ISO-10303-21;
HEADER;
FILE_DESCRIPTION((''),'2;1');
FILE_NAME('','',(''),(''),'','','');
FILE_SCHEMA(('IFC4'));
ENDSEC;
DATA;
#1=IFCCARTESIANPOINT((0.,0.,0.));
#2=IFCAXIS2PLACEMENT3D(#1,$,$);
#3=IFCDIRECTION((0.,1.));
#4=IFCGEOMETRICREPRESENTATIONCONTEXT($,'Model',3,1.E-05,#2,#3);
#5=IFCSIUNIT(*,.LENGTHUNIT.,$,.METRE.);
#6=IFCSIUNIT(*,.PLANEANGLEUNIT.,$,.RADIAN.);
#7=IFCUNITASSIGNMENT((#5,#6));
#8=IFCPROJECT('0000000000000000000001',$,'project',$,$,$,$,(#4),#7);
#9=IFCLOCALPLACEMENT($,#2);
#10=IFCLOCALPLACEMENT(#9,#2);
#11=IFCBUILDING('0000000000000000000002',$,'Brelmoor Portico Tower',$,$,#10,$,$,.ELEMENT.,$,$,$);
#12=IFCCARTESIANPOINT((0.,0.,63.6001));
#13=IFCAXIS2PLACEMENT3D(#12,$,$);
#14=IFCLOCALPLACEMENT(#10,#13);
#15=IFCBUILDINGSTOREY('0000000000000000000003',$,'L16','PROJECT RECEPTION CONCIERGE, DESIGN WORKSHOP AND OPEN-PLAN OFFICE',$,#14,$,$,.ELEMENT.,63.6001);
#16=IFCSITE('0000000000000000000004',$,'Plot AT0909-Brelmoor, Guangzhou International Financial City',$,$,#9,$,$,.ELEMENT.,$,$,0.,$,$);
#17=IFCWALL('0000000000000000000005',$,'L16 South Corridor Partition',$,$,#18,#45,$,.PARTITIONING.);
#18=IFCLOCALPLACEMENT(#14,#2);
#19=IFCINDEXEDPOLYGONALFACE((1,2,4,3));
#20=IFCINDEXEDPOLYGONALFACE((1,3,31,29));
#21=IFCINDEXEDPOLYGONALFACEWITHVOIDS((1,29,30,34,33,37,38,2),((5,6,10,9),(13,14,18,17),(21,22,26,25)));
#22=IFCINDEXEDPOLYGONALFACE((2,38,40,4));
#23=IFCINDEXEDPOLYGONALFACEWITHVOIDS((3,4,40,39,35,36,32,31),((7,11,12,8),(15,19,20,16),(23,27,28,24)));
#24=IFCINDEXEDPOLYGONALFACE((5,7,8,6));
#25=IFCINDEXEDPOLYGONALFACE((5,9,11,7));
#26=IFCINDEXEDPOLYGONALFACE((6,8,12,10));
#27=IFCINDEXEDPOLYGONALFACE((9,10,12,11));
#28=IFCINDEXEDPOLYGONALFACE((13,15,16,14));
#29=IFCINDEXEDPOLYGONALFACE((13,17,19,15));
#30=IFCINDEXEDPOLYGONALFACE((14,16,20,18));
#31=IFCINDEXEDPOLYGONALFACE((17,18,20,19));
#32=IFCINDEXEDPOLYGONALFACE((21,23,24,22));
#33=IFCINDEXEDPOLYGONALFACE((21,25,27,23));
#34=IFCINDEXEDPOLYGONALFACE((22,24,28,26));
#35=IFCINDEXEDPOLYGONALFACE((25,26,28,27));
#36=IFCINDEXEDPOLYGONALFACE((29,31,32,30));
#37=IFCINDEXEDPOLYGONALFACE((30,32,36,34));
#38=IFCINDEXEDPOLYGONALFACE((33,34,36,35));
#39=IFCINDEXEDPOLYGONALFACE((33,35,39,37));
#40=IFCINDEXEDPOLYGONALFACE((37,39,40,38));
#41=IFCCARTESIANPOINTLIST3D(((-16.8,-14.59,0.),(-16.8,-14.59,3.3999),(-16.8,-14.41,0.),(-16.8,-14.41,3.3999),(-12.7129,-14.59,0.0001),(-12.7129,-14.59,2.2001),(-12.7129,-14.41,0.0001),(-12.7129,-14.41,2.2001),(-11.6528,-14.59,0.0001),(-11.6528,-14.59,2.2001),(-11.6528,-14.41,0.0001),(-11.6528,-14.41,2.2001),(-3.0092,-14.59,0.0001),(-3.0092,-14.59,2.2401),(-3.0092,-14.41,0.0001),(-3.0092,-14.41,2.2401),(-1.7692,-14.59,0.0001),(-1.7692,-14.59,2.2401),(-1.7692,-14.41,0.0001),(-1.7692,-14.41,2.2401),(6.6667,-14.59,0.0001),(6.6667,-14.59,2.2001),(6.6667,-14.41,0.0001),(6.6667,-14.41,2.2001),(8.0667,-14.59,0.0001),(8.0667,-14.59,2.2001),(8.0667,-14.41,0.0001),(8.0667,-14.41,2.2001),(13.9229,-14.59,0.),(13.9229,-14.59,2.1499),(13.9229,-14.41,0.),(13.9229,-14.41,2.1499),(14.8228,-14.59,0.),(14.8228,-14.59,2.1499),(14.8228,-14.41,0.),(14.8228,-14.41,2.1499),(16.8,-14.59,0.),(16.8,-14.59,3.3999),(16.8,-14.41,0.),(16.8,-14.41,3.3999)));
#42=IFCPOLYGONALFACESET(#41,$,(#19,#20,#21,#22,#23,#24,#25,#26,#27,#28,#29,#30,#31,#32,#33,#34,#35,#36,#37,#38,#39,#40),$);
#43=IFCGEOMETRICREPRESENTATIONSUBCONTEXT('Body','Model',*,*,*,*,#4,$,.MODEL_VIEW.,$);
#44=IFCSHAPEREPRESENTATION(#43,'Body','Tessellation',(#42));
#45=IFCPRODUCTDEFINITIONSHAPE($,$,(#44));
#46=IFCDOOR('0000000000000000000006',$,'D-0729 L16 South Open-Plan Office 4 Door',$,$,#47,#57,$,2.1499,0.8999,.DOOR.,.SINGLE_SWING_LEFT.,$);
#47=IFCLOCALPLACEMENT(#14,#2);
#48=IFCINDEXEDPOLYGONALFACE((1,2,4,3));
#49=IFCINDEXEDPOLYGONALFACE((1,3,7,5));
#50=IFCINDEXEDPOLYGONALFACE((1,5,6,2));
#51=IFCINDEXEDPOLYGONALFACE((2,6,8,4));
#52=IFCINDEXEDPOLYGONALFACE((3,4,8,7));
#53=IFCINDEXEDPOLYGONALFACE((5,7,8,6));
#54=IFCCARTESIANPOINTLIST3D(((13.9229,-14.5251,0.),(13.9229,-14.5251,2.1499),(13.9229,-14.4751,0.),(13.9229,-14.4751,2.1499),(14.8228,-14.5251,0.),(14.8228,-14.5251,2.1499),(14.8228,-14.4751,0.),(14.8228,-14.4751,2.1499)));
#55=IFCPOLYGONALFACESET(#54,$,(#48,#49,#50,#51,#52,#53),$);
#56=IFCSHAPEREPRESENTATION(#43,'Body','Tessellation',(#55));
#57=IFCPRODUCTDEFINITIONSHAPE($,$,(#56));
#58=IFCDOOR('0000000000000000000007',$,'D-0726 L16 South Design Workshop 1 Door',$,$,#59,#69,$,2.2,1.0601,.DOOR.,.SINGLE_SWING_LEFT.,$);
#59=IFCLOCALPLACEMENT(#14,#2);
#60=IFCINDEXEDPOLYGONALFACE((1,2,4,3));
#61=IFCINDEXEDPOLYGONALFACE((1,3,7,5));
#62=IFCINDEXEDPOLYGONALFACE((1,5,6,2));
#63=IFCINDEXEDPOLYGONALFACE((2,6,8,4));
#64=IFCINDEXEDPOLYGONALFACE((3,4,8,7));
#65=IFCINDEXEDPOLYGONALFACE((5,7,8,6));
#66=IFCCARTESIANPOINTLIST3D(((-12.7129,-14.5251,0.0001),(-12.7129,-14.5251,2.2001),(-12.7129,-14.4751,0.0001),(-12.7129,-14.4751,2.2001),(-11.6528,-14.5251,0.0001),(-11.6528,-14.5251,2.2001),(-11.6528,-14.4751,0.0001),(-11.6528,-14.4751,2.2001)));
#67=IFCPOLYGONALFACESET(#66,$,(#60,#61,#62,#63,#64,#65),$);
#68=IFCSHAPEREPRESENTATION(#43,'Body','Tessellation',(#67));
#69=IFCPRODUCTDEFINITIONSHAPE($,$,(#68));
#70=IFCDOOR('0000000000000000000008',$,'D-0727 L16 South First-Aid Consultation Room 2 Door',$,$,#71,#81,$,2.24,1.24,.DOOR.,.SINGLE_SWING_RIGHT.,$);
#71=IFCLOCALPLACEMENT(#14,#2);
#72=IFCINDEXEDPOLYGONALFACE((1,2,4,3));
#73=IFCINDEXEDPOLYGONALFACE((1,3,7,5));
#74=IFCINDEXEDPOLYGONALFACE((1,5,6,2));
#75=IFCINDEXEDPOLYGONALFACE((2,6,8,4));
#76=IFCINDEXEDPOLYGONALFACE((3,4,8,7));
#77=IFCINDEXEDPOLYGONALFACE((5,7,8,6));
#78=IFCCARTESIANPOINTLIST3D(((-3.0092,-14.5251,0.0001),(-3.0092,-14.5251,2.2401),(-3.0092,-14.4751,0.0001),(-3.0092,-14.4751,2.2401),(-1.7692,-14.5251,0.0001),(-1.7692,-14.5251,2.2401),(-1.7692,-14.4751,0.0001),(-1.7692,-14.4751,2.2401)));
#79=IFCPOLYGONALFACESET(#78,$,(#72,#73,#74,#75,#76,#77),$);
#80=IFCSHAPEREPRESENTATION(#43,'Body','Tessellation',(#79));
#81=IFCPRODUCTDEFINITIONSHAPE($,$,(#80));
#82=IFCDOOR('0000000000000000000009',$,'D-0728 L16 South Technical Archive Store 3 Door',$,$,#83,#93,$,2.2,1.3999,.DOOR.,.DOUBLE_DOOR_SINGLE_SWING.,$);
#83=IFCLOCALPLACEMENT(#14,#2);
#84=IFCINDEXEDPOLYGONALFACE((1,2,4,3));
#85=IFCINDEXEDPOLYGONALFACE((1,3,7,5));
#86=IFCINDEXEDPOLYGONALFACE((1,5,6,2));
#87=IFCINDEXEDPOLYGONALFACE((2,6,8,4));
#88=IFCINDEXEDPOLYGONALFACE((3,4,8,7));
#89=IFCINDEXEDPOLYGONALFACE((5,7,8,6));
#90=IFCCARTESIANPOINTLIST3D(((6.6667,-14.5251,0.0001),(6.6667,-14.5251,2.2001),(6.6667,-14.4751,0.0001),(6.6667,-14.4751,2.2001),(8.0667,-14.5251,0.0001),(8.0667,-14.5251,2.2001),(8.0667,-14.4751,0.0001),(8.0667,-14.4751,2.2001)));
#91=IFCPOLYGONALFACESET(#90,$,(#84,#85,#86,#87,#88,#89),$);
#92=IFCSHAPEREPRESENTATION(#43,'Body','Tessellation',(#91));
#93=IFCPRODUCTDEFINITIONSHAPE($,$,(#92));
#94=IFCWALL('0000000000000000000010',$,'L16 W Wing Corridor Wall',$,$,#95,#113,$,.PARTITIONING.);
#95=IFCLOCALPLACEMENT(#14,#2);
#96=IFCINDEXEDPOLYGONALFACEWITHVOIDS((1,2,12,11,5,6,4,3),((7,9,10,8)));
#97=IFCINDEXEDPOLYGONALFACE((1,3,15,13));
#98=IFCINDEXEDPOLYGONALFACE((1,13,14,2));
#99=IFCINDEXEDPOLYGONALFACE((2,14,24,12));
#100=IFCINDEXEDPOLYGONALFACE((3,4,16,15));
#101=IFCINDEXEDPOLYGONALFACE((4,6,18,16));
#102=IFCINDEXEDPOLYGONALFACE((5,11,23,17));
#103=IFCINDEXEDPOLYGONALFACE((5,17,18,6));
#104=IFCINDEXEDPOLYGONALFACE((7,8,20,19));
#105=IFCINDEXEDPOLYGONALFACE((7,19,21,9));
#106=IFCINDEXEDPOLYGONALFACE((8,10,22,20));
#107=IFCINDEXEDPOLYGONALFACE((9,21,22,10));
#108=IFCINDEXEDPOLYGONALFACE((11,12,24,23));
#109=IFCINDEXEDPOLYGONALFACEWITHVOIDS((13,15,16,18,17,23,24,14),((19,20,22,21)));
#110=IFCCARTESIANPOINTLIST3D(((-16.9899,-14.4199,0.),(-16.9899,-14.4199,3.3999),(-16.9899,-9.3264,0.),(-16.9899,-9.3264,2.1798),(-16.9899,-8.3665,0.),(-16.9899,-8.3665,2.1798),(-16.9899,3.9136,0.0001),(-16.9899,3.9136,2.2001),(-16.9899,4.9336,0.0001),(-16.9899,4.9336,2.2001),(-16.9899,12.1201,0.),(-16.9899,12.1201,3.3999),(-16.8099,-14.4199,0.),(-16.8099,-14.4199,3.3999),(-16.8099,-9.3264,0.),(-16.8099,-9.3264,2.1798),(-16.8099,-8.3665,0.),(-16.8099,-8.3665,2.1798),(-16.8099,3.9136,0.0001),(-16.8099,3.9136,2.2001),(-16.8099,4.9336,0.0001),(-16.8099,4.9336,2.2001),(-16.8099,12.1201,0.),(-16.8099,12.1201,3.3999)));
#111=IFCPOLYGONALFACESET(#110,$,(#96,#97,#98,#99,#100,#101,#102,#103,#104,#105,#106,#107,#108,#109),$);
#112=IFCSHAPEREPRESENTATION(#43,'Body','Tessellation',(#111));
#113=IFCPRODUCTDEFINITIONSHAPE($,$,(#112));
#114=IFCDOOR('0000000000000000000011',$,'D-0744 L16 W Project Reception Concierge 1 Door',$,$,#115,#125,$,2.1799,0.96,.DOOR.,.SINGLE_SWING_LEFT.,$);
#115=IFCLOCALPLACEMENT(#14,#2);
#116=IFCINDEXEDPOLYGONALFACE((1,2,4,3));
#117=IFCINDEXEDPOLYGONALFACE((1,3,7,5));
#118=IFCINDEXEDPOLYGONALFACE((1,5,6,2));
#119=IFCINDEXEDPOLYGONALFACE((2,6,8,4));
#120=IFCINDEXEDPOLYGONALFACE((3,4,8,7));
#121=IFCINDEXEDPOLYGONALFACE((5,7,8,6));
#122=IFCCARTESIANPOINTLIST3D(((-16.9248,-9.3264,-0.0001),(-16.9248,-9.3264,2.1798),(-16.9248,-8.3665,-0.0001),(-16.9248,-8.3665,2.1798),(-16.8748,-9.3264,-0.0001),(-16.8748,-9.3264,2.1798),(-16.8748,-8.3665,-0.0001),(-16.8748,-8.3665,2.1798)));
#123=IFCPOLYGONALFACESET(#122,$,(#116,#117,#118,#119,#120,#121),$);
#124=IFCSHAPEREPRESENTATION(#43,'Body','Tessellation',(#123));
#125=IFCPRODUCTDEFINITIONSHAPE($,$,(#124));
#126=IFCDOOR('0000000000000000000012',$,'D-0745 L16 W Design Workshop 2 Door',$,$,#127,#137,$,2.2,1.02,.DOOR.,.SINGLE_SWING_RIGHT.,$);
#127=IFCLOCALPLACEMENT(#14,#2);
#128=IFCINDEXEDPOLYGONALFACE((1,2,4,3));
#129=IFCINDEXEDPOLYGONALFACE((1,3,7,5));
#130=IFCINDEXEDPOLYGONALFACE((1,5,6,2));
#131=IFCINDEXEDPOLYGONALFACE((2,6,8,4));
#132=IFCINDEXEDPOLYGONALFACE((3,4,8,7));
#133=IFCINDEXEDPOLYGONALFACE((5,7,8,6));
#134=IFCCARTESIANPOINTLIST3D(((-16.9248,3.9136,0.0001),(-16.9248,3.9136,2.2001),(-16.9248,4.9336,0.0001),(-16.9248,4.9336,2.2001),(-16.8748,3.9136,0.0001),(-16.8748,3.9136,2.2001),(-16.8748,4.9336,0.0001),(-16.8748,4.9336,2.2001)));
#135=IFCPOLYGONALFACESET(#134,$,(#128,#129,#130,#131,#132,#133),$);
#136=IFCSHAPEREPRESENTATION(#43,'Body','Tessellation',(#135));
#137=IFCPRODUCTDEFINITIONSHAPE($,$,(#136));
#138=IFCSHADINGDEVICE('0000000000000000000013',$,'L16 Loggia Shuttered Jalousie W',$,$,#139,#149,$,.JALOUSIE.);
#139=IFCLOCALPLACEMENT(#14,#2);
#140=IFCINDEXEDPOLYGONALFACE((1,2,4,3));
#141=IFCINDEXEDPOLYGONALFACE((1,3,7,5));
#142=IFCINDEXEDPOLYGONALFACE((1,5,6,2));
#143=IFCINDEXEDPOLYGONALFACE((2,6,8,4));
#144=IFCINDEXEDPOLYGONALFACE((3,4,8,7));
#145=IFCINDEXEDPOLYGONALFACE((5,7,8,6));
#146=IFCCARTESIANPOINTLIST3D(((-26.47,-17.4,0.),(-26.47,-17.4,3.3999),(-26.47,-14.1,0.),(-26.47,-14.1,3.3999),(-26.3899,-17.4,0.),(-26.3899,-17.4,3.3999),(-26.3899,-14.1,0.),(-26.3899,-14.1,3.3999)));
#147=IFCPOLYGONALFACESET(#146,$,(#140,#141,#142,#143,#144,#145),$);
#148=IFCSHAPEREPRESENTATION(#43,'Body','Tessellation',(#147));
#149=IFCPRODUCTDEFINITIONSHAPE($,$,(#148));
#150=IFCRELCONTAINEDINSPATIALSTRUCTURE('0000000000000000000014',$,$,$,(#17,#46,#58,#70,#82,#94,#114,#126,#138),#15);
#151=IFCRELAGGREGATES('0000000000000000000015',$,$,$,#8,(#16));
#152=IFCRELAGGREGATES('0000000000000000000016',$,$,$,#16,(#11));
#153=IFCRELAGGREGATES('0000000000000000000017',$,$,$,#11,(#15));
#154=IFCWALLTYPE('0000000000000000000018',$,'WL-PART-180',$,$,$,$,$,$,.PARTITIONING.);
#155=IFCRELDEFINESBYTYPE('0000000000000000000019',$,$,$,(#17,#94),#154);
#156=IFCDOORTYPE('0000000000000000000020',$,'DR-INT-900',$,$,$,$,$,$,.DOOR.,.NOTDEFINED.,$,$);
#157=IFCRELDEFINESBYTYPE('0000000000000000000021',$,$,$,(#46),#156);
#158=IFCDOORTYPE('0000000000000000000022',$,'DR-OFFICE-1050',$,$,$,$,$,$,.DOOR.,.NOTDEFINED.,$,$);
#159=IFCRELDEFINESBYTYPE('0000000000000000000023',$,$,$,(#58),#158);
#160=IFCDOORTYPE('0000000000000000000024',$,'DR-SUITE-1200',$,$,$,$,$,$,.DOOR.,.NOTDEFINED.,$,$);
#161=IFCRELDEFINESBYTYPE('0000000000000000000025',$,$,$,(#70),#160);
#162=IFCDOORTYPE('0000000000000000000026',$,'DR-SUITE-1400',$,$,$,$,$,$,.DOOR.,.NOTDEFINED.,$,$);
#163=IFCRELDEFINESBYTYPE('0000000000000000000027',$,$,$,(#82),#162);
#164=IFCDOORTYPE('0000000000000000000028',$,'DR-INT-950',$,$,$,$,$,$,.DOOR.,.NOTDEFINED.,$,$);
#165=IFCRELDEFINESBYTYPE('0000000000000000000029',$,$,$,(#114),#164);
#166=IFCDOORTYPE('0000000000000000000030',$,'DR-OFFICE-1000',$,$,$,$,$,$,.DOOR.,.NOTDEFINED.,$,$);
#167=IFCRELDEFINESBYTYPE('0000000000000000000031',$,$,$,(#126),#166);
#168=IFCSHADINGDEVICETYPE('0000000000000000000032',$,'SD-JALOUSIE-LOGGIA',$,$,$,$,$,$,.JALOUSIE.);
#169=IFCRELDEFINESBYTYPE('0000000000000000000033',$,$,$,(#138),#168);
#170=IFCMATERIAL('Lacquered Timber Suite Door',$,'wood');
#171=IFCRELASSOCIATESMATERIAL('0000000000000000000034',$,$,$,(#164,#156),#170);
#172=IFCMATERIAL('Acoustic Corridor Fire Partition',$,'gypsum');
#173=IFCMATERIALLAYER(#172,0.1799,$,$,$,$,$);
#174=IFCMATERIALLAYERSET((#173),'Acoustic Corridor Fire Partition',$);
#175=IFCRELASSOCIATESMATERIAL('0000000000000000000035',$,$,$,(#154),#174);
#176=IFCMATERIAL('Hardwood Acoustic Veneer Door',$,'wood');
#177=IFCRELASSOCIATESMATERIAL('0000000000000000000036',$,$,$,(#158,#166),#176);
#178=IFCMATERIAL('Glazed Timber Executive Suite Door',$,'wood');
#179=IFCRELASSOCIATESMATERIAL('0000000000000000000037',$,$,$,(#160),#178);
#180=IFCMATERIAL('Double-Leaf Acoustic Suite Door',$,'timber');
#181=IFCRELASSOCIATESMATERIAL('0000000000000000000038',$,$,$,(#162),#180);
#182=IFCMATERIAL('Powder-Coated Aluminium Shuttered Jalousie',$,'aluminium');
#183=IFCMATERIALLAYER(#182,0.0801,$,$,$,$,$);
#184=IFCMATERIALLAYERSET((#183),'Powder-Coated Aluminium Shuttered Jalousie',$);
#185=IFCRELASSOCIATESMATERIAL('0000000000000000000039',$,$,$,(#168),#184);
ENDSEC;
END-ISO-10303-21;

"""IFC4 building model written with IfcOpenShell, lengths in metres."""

from ifc_helpers import new_model, si_unit, direction, frame, frame_2d, origin, origin_2d, place, context, subcontext, project, spatial, rectangle, extrude, material, layer, layer_set, type_object, element, fill, save


model = new_model("IFC4")

# Units and contexts
model_context = context("Model", 3, precision=1e-05, world=origin(), true_north=direction((0.0, 1.0)))
body_context = subcontext(model_context, "Body", "Model", "MODEL_VIEW")
ifc_project = project(units=[si_unit("LENGTHUNIT", "METRE"), si_unit("PLANEANGLEUNIT", "RADIAN")], contexts=[model_context])

# Site, building, storey
site_placement = place(None, origin())
site = spatial("IfcSite", under=ifc_project, at=site_placement, Name="Plot AT0909-Brelmoor, Guangzhou International Financial City", CompositionType="ELEMENT", RefElevation=0.0)
building_placement = place(site_placement, origin())
building = spatial("IfcBuilding", under=site, at=building_placement, Name="Brelmoor Portico Tower", CompositionType="ELEMENT")
storey_placement = place(building_placement, frame((0.0, 0.0, 63.6001)))
storey = spatial("IfcBuildingStorey", under=building, at=storey_placement, Name="L16", Description="PROJECT RECEPTION CONCIERGE, DESIGN WORKSHOP AND OPEN-PLAN OFFICE", CompositionType="ELEMENT", Elevation=63.6001)

# Shared definitions
ifc_material_1 = material(Name="Lacquered Timber Suite Door", Category="wood")
door_type_1 = type_object("IfcDoorType", Name="DR-INT-950", OperationType="NOTDEFINED", PredefinedType="DOOR", material=ifc_material_1)

# Walls, openings, doors
ifc_material_2 = material(Name="Acoustic Corridor Fire Partition", Category="gypsum")
ifc_layer_1 = layer(ifc_material_2, 0.1799)
ifc_layer_set_1 = layer_set([ifc_layer_1], Name="Acoustic Corridor Fire Partition")
wall_type_1 = type_object("IfcWallType", Name="WL-PART-180", PredefinedType="PARTITIONING", material=ifc_layer_set_1)
wall_1_placement = place(storey_placement, frame((-16.8, -14.5, 0.0), z_axis=(0.0, 0.0, 1.0), x_axis=(1.0, 0.0, 0.0)))
wall_1 = element("IfcWall", 1, at=wall_1_placement, inside=storey, type_object=wall_type_1, Name="L16 South Corridor Partition", PredefinedType="PARTITIONING", context=body_context, shape_type="SweptSolid", body=[
    extrude(rectangle(XDim=33.6001, YDim=0.1799, at=frame_2d((16.8, 0.0))), origin(), (0.0, 0.0, 1.0), 3.3999),
])
opening_1_placement = place(wall_1_placement, frame((4.0872, 0.0, 0.0)))
opening_1 = element("IfcOpeningElement", 2, at=opening_1_placement, cuts=wall_1, PredefinedType="OPENING", context=body_context, shape_type="SweptSolid", body=[
    extrude(rectangle(XDim=1.0601, YDim=2.2, at=frame_2d((0.53, 1.1001))), frame((0.0, 0.0999, 0.0), z_axis=(0.0, -1.0, 0.0), x_axis=(1.0, 0.0, 0.0)), (0.0, 0.0, 1.0), 0.2),
])
opening_2_placement = place(wall_1_placement, frame((13.7908, 0.0, 0.0)))
opening_2 = element("IfcOpeningElement", 3, at=opening_2_placement, cuts=wall_1, PredefinedType="OPENING", context=body_context, shape_type="SweptSolid", body=[
    extrude(rectangle(XDim=1.24, YDim=2.24, at=frame_2d((0.6201, 1.1201))), frame((0.0, 0.0999, 0.0), z_axis=(0.0, -1.0, 0.0), x_axis=(1.0, 0.0, 0.0)), (0.0, 0.0, 1.0), 0.2),
])
opening_3_placement = place(wall_1_placement, frame((23.4668, 0.0, 0.0)))
opening_3 = element("IfcOpeningElement", 4, at=opening_3_placement, cuts=wall_1, PredefinedType="OPENING", context=body_context, shape_type="SweptSolid", body=[
    extrude(rectangle(XDim=1.3999, YDim=2.2, at=frame_2d((0.7, 1.1001))), frame((0.0, 0.0999, 0.0), z_axis=(0.0, -1.0, 0.0), x_axis=(1.0, 0.0, 0.0)), (0.0, 0.0, 1.0), 0.2),
])
opening_4_placement = place(wall_1_placement, frame((30.7229, 0.0, 0.0)))
opening_4 = element("IfcOpeningElement", 5, at=opening_4_placement, cuts=wall_1, PredefinedType="OPENING", context=body_context, shape_type="SweptSolid", body=[
    extrude(rectangle(XDim=0.8999, YDim=2.1499, at=frame_2d((0.45, 1.075))), frame((0.0, 0.0999, 0.0), z_axis=(0.0, -1.0, 0.0), x_axis=(1.0, 0.0, 0.0)), (0.0, 0.0, 1.0), 0.2),
])
door_type_2 = type_object("IfcDoorType", Name="DR-INT-900", OperationType="NOTDEFINED", PredefinedType="DOOR", material=ifc_material_1)
door_1_placement = place(opening_4_placement, origin())
door_1 = element("IfcDoor", 6, at=door_1_placement, inside=storey, type_object=door_type_2, Name="D-0729 L16 South Open-Plan Office 4 Door", OperationType="SINGLE_SWING_LEFT", OverallHeight=2.1499, OverallWidth=0.8999, PredefinedType="DOOR", context=body_context, shape_type="SweptSolid", body=[
    extrude(rectangle(XDim=0.8999, YDim=2.1499, at=frame_2d((0.45, 1.075))), frame((0.0, 0.0249, 0.0), z_axis=(0.0, -1.0, 0.0), x_axis=(1.0, 0.0, 0.0)), (0.0, 0.0, 1.0), 0.05),
])
fill(opening_4, door_1)
ifc_material_3 = material(Name="Hardwood Acoustic Veneer Door", Category="wood")
door_type_3 = type_object("IfcDoorType", Name="DR-OFFICE-1050", OperationType="NOTDEFINED", PredefinedType="DOOR", material=ifc_material_3)
door_2_placement = place(opening_1_placement, origin())
door_2 = element("IfcDoor", 7, at=door_2_placement, inside=storey, type_object=door_type_3, Name="D-0726 L16 South Design Workshop 1 Door", OperationType="SINGLE_SWING_LEFT", OverallHeight=2.2, OverallWidth=1.0601, PredefinedType="DOOR", context=body_context, shape_type="SweptSolid", body=[
    extrude(rectangle(XDim=1.0601, YDim=2.2, at=frame_2d((0.53, 1.1001))), frame((0.0, 0.0249, 0.0), z_axis=(0.0, -1.0, 0.0), x_axis=(1.0, 0.0, 0.0)), (0.0, 0.0, 1.0), 0.05),
])
fill(opening_1, door_2)
ifc_material_4 = material(Name="Glazed Timber Executive Suite Door", Category="wood")
door_type_4 = type_object("IfcDoorType", Name="DR-SUITE-1200", OperationType="NOTDEFINED", PredefinedType="DOOR", material=ifc_material_4)
door_3_placement = place(opening_2_placement, origin())
door_3 = element("IfcDoor", 8, at=door_3_placement, inside=storey, type_object=door_type_4, Name="D-0727 L16 South First-Aid Consultation Room 2 Door", OperationType="SINGLE_SWING_RIGHT", OverallHeight=2.24, OverallWidth=1.24, PredefinedType="DOOR", context=body_context, shape_type="SweptSolid", body=[
    extrude(rectangle(XDim=1.24, YDim=2.24, at=frame_2d((0.6201, 1.1201))), frame((0.0, 0.0249, 0.0), z_axis=(0.0, -1.0, 0.0), x_axis=(1.0, 0.0, 0.0)), (0.0, 0.0, 1.0), 0.05),
])
fill(opening_2, door_3)
ifc_material_5 = material(Name="Double-Leaf Acoustic Suite Door", Category="timber")
door_type_5 = type_object("IfcDoorType", Name="DR-SUITE-1400", OperationType="NOTDEFINED", PredefinedType="DOOR", material=ifc_material_5)
door_4_placement = place(opening_3_placement, origin())
door_4 = element("IfcDoor", 9, at=door_4_placement, inside=storey, type_object=door_type_5, Name="D-0728 L16 South Technical Archive Store 3 Door", OperationType="DOUBLE_DOOR_SINGLE_SWING", OverallHeight=2.2, OverallWidth=1.3999, PredefinedType="DOOR", context=body_context, shape_type="SweptSolid", body=[
    extrude(rectangle(XDim=1.3999, YDim=2.2, at=frame_2d((0.7, 1.1001))), frame((0.0, 0.0249, 0.0), z_axis=(0.0, -1.0, 0.0), x_axis=(1.0, 0.0, 0.0)), (0.0, 0.0, 1.0), 0.05),
])
fill(opening_3, door_4)
wall_2_placement = place(storey_placement, frame((-16.8999, -14.4199, 0.0), z_axis=(0.0, 0.0, 1.0), x_axis=(0.0, 1.0, 0.0)))
wall_2 = element("IfcWall", 10, at=wall_2_placement, inside=storey, type_object=wall_type_1, Name="L16 W Wing Corridor Wall", PredefinedType="PARTITIONING", context=body_context, shape_type="SweptSolid", body=[
    extrude(rectangle(XDim=26.54, YDim=0.1799, at=frame_2d((13.27, 0.0))), origin(), (0.0, 0.0, 1.0), 3.3999),
])
opening_5_placement = place(wall_2_placement, frame((5.0935, 0.0, 0.0)))
opening_5 = element("IfcOpeningElement", 11, at=opening_5_placement, cuts=wall_2, PredefinedType="OPENING", context=body_context, shape_type="SweptSolid", body=[
    extrude(rectangle(XDim=0.96, YDim=2.1799, at=frame_2d((0.48, 1.0898))), frame((0.0, 0.0999, 0.0), z_axis=(0.0, -1.0, 0.0), x_axis=(1.0, 0.0, 0.0)), (0.0, 0.0, 1.0), 0.2),
])
opening_6_placement = place(wall_2_placement, frame((18.3335, 0.0, 0.0)))
opening_6 = element("IfcOpeningElement", 12, at=opening_6_placement, cuts=wall_2, PredefinedType="OPENING", context=body_context, shape_type="SweptSolid", body=[
    extrude(rectangle(XDim=1.02, YDim=2.2, at=frame_2d((0.51, 1.1001))), frame((0.0, 0.0999, 0.0), z_axis=(0.0, -1.0, 0.0), x_axis=(1.0, 0.0, 0.0)), (0.0, 0.0, 1.0), 0.2),
])
door_5_placement = place(opening_5_placement, origin())
door_5 = element("IfcDoor", 13, at=door_5_placement, inside=storey, type_object=door_type_1, Name="D-0744 L16 W Project Reception Concierge 1 Door", OperationType="SINGLE_SWING_LEFT", OverallHeight=2.1799, OverallWidth=0.96, PredefinedType="DOOR", context=body_context, shape_type="SweptSolid", body=[
    extrude(rectangle(XDim=0.96, YDim=2.1799, at=frame_2d((0.48, 1.0898))), frame((0.0, 0.0249, 0.0), z_axis=(0.0, -1.0, 0.0), x_axis=(1.0, 0.0, 0.0)), (0.0, 0.0, 1.0), 0.05),
])
fill(opening_5, door_5)
door_type_6 = type_object("IfcDoorType", Name="DR-OFFICE-1000", OperationType="NOTDEFINED", PredefinedType="DOOR", material=ifc_material_3)
door_6_placement = place(opening_6_placement, origin())
door_6 = element("IfcDoor", 14, at=door_6_placement, inside=storey, type_object=door_type_6, Name="D-0745 L16 W Design Workshop 2 Door", OperationType="SINGLE_SWING_RIGHT", OverallHeight=2.2, OverallWidth=1.02, PredefinedType="DOOR", context=body_context, shape_type="SweptSolid", body=[
    extrude(rectangle(XDim=1.02, YDim=2.2, at=frame_2d((0.51, 1.1001))), frame((0.0, 0.0249, 0.0), z_axis=(0.0, -1.0, 0.0), x_axis=(1.0, 0.0, 0.0)), (0.0, 0.0, 1.0), 0.05),
])
fill(opening_6, door_6)

# Shading device
ifc_material_6 = material(Name="Powder-Coated Aluminium Shuttered Jalousie", Category="aluminium")
ifc_layer_2 = layer(ifc_material_6, 0.0801)
ifc_layer_set_2 = layer_set([ifc_layer_2], Name="Powder-Coated Aluminium Shuttered Jalousie")
shading_device_type = type_object("IfcShadingDeviceType", Name="SD-JALOUSIE-LOGGIA", PredefinedType="JALOUSIE", material=ifc_layer_set_2)
shading_device_placement = place(storey_placement, frame((-26.4299, -15.75, 0.0), z_axis=(0.0, 0.0, 1.0), x_axis=(0.0, 1.0, 0.0)))
element("IfcShadingDevice", 15, at=shading_device_placement, inside=storey, type_object=shading_device_type, Name="L16 Loggia Shuttered Jalousie W", PredefinedType="JALOUSIE", context=body_context, shape_type="SweptSolid", body=[
    extrude(rectangle(XDim=3.3, YDim=0.0801, at=origin_2d()), origin(), (0.0, 0.0, 1.0), 3.3999),
])

save(model, "model.ifc")
